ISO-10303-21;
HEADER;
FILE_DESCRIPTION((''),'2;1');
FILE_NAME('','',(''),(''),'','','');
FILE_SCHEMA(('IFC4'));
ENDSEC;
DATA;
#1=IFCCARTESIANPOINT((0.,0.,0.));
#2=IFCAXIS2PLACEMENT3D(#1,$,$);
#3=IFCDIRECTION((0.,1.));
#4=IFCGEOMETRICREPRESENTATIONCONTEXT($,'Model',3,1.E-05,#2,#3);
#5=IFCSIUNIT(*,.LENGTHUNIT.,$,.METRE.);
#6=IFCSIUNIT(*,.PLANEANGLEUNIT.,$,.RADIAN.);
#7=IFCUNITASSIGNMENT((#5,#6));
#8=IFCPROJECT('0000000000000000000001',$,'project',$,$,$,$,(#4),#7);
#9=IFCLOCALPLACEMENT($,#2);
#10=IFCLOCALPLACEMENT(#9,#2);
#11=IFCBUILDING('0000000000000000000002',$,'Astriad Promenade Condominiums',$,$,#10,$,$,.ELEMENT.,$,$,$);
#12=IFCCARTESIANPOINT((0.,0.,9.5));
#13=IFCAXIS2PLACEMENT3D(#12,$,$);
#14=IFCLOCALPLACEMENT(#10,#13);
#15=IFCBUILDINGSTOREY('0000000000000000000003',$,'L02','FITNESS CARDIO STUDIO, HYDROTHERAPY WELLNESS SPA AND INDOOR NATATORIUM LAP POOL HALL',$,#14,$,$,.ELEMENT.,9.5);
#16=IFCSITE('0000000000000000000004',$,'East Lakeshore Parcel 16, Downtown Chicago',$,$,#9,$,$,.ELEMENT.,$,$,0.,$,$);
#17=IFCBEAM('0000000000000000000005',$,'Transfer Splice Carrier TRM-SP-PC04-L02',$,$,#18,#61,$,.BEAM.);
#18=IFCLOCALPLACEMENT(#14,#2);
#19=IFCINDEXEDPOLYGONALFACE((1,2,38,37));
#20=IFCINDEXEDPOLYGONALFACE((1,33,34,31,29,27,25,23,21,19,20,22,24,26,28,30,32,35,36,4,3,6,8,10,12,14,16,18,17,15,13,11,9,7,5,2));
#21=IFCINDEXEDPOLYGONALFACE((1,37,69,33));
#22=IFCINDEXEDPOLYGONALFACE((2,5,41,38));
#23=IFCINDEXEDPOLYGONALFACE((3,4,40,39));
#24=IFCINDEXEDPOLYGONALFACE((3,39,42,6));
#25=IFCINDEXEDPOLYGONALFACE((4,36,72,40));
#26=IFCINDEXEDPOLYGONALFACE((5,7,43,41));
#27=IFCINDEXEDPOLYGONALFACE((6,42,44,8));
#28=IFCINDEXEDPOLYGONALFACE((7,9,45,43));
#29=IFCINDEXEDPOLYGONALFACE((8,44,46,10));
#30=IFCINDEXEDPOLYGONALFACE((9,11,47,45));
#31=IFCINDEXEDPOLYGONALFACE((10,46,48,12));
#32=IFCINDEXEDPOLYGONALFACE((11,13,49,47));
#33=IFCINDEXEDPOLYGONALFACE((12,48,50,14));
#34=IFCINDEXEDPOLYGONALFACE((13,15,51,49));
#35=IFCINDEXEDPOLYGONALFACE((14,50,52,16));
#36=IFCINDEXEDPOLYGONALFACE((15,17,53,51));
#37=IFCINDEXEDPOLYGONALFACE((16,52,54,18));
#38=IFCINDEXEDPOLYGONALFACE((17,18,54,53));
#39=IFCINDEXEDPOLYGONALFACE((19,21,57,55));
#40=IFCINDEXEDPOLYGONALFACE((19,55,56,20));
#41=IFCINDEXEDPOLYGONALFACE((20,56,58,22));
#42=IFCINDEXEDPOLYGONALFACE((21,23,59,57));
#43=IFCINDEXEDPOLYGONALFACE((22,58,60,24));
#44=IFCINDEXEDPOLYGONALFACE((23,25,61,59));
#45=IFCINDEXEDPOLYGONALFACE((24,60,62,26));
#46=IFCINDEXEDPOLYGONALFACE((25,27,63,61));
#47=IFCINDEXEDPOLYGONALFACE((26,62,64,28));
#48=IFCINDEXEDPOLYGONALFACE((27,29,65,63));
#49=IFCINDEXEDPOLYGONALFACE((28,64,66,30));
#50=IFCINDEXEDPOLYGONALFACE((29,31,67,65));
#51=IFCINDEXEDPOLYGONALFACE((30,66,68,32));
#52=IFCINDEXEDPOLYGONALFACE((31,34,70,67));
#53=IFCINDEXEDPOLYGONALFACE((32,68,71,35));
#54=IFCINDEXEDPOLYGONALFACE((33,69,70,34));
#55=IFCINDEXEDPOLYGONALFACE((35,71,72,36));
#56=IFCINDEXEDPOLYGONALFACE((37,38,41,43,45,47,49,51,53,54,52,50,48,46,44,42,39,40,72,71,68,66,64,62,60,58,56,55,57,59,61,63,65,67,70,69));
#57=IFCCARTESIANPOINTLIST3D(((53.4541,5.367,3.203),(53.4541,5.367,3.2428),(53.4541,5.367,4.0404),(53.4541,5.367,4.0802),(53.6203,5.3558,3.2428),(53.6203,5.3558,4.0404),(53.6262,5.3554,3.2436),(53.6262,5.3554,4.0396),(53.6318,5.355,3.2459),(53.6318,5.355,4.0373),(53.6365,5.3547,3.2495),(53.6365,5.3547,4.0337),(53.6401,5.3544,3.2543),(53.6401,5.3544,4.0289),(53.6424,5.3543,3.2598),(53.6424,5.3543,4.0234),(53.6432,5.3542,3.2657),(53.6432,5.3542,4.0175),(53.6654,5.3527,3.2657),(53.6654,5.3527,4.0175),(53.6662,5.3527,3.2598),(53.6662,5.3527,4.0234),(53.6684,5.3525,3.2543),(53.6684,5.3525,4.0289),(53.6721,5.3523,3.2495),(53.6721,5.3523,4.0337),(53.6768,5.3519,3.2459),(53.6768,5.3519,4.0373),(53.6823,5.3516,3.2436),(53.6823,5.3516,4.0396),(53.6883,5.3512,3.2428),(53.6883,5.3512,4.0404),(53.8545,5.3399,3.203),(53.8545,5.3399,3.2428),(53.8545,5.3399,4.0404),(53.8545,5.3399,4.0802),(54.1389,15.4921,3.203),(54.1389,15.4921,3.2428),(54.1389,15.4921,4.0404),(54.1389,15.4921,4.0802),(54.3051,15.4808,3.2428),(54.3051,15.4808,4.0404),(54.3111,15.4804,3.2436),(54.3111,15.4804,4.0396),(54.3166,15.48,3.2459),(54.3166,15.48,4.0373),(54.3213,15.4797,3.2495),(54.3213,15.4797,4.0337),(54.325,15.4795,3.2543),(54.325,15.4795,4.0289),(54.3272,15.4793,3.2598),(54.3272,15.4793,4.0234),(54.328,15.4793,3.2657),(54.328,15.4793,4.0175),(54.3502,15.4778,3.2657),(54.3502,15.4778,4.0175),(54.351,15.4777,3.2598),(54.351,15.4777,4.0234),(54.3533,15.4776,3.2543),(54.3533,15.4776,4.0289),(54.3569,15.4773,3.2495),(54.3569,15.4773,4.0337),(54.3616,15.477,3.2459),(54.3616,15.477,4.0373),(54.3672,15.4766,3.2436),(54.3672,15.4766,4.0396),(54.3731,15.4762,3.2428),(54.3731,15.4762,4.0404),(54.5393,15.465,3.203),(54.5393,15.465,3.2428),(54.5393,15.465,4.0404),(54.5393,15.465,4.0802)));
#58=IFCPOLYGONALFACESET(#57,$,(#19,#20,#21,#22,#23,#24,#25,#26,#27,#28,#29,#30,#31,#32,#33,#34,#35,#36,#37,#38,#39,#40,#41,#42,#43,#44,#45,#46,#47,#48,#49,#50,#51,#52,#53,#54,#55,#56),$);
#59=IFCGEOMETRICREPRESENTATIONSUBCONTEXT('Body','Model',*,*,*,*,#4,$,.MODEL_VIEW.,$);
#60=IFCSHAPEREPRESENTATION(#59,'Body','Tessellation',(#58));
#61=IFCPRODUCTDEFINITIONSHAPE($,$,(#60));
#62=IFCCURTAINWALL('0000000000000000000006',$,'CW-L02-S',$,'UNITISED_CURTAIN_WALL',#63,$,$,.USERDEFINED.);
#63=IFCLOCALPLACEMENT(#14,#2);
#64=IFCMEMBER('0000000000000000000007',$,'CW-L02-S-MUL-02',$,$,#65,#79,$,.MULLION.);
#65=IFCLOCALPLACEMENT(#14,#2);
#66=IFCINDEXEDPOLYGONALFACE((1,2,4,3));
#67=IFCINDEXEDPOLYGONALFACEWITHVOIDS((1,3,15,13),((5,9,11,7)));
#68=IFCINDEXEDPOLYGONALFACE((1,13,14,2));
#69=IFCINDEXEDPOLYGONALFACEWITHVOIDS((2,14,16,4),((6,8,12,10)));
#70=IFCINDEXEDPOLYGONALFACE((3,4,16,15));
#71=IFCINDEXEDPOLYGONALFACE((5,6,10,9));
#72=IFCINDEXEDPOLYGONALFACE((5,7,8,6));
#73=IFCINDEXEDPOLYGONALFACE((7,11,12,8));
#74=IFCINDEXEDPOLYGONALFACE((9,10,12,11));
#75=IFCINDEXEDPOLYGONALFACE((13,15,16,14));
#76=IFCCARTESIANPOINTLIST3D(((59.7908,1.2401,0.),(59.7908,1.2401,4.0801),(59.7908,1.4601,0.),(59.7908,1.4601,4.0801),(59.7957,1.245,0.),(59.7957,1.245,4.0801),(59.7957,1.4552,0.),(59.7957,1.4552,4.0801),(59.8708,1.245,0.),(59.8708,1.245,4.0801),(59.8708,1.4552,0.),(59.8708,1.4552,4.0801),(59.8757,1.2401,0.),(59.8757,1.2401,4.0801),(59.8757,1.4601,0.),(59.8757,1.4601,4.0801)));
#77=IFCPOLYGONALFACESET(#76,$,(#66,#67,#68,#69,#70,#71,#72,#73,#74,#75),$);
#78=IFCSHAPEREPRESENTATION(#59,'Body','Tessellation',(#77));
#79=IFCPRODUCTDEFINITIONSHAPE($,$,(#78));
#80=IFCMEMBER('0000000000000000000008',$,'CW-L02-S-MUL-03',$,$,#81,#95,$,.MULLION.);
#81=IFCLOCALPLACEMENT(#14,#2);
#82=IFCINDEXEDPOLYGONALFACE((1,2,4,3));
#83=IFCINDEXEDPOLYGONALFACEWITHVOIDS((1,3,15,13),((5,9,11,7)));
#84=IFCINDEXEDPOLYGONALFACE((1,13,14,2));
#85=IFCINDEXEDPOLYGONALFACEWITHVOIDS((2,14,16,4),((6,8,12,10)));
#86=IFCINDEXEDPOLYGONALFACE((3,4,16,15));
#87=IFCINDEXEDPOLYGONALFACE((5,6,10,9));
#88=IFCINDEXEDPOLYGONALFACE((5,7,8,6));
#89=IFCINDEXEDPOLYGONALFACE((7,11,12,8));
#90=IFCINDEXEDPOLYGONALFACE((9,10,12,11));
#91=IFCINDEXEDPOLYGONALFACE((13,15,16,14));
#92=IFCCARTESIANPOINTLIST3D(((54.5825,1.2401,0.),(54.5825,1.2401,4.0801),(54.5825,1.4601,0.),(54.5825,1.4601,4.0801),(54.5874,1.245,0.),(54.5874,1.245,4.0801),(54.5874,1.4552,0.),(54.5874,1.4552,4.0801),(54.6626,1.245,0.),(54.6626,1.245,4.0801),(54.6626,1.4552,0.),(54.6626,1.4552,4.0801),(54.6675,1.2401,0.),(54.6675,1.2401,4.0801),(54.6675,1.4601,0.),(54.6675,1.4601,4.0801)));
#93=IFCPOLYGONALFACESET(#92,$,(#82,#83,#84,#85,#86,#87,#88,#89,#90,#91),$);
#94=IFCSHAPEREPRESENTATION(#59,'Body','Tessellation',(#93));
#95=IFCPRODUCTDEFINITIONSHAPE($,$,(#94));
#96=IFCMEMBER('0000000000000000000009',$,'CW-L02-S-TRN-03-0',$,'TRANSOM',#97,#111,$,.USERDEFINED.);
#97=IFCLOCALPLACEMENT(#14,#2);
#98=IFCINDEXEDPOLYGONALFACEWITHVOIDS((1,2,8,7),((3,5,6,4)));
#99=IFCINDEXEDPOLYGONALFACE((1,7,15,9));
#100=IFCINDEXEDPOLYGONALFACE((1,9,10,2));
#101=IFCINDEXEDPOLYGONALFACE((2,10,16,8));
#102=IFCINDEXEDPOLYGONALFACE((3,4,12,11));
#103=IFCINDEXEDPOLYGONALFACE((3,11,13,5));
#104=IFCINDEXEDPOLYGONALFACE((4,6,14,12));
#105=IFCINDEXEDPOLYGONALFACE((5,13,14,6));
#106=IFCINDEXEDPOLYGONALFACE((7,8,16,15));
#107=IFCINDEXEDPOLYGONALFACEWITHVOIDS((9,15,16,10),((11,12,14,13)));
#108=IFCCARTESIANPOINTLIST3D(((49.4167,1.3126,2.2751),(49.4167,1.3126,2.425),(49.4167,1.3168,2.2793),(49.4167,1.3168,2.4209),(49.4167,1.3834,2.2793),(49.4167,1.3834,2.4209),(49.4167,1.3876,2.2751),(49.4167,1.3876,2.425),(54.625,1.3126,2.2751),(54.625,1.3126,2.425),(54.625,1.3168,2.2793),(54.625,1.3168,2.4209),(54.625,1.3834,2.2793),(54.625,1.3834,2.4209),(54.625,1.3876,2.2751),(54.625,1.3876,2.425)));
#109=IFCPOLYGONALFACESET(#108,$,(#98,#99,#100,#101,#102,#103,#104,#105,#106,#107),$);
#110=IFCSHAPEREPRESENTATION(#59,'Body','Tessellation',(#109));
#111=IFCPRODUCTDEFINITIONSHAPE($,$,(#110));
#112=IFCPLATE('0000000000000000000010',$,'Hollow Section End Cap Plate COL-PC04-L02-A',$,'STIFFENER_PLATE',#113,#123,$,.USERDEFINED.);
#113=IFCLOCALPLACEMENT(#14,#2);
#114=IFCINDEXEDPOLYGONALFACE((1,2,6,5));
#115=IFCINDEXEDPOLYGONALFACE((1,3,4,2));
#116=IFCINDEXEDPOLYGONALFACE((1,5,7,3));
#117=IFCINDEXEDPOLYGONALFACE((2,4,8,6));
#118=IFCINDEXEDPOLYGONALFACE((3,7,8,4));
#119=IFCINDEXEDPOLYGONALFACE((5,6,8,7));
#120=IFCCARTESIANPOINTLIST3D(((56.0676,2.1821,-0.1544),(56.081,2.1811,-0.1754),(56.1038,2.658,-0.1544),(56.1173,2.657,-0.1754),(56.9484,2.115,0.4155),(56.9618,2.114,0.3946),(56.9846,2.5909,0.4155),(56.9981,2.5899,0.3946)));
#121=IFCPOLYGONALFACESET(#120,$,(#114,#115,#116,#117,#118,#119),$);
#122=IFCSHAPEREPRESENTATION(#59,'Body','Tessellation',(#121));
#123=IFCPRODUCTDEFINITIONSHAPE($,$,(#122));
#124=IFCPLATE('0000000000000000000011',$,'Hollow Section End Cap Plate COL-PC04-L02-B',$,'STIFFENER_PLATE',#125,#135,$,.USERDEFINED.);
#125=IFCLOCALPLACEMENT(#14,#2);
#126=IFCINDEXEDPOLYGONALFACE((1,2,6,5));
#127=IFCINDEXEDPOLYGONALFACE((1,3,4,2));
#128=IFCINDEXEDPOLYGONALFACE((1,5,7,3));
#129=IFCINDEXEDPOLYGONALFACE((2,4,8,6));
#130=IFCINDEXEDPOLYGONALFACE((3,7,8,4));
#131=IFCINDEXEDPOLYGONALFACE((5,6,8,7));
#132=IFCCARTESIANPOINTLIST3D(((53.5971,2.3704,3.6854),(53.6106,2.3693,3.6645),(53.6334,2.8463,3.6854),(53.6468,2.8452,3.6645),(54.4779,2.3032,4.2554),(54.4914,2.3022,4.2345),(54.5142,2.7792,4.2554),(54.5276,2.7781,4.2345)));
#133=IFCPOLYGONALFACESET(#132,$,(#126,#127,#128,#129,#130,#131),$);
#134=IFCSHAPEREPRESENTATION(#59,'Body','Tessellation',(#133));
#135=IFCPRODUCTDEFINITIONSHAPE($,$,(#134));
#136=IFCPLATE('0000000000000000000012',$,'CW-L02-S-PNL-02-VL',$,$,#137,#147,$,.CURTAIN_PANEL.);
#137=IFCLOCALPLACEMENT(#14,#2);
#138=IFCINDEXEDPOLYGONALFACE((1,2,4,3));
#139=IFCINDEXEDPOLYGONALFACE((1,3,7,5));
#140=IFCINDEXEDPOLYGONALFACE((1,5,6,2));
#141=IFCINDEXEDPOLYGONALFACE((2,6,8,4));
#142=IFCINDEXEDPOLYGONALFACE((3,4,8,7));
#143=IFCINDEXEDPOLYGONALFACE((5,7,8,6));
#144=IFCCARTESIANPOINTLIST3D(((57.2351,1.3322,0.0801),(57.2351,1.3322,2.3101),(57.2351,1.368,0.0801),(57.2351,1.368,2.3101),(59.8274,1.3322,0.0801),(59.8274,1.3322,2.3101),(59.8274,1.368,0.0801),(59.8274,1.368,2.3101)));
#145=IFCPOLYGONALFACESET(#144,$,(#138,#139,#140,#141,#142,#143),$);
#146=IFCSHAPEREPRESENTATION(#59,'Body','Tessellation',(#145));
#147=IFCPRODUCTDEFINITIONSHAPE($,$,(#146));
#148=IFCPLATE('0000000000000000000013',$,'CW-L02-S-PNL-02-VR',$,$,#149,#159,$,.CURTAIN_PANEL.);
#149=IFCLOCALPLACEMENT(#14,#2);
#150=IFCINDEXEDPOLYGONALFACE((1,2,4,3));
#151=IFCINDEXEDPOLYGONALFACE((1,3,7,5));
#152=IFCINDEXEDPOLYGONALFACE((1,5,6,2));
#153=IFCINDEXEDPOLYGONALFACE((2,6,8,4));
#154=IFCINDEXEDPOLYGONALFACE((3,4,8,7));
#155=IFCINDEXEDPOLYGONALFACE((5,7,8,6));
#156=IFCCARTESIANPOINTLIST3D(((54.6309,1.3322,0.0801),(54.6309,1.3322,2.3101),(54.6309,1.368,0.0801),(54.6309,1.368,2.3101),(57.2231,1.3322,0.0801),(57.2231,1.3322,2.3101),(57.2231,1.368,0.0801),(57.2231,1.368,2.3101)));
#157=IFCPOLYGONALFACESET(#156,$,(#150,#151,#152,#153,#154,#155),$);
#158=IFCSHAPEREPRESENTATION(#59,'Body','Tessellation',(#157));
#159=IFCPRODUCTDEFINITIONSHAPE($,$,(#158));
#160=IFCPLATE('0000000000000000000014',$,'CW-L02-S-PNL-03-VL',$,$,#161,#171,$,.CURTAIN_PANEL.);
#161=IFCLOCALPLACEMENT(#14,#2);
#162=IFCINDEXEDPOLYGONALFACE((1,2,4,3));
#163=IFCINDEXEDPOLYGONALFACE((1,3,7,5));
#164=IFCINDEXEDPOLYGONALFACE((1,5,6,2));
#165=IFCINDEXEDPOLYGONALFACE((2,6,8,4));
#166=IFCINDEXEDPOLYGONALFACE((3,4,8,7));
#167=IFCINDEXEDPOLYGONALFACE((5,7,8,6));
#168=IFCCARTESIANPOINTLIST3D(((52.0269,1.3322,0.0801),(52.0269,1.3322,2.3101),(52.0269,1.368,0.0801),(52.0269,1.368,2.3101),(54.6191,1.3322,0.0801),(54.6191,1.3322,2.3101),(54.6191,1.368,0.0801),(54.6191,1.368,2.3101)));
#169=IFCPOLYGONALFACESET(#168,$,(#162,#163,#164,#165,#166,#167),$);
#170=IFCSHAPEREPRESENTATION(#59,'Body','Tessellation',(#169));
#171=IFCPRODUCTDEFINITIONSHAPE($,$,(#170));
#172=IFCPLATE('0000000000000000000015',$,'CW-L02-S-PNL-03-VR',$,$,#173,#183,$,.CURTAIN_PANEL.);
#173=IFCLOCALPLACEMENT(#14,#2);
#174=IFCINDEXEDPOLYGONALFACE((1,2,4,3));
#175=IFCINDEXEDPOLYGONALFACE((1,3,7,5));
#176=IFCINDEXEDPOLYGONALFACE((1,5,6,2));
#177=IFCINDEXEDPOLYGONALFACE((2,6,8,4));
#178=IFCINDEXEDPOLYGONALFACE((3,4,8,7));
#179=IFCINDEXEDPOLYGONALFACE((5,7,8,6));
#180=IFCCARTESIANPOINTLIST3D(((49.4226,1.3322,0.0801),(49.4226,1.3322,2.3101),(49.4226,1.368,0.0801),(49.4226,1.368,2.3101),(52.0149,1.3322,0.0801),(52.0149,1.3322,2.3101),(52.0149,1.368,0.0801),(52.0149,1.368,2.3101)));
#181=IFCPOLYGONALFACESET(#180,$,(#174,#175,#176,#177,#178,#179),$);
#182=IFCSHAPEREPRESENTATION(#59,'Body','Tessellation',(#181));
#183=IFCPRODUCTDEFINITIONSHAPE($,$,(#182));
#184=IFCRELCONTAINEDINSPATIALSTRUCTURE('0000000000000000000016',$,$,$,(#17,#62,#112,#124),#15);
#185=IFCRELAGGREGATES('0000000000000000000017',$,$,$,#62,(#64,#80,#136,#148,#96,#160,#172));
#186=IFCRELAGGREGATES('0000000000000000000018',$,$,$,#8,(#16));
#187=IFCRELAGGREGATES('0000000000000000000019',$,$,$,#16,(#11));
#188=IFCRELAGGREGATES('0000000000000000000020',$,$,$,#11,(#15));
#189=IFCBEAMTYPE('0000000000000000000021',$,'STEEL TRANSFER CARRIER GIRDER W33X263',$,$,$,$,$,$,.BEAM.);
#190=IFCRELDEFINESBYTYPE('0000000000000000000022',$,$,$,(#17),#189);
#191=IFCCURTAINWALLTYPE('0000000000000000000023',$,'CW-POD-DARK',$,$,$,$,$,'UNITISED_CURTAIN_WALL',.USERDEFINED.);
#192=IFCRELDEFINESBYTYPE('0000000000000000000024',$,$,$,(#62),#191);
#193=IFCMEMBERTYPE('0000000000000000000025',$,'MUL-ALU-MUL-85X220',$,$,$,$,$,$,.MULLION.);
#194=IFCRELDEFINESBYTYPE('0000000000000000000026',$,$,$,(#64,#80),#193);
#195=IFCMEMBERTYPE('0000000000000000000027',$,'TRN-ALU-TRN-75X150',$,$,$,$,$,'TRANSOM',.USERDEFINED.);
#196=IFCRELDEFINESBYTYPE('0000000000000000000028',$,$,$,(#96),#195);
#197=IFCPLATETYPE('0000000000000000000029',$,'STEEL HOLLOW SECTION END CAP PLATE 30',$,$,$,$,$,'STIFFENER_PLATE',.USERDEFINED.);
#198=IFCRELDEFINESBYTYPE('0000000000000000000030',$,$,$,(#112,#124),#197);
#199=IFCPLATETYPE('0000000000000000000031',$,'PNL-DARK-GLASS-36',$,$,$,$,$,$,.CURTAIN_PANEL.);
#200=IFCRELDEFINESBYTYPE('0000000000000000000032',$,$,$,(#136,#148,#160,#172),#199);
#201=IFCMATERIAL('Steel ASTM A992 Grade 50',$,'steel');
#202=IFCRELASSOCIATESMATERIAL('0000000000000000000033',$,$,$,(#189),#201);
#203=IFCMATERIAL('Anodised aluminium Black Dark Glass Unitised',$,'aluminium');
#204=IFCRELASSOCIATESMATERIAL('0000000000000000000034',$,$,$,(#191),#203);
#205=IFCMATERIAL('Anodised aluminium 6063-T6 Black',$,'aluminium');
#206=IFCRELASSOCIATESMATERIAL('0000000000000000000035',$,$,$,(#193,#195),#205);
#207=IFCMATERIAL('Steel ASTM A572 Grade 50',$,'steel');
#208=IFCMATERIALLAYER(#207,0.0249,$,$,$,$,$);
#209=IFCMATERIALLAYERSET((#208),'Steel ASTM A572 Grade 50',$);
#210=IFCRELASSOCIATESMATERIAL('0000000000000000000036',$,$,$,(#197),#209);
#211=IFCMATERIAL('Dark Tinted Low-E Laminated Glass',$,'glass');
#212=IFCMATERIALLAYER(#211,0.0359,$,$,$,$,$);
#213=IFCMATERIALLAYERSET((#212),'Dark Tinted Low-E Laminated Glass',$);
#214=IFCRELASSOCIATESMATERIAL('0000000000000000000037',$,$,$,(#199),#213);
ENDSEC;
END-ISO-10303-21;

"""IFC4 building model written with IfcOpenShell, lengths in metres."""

from ifc_helpers import new_model, si_unit, direction, frame, origin, origin_2d, place, context, subcontext, project, spatial, rectangle, hollow_rectangle, i_section, extrude, source, transform, mapped, material, layer, layer_set, material_profile, profile_set, type_object, type_shapes, element, aggregate, save


model = new_model("IFC4")

# Units and contexts
model_context = context("Model", 3, precision=1e-05, world=origin(), true_north=direction((0.0, 1.0)))
body_context = subcontext(model_context, "Body", "Model", "MODEL_VIEW")
ifc_project = project(units=[si_unit("LENGTHUNIT", "METRE"), si_unit("PLANEANGLEUNIT", "RADIAN")], contexts=[model_context])

# Site, building, storey
site_placement = place(None, origin())
site = spatial("IfcSite", under=ifc_project, at=site_placement, Name="East Lakeshore Parcel 16, Downtown Chicago", CompositionType="ELEMENT", RefElevation=0.0)
building_placement = place(site_placement, origin())
building = spatial("IfcBuilding", under=site, at=building_placement, Name="Astriad Promenade Condominiums", CompositionType="ELEMENT")
storey_placement = place(building_placement, frame((0.0, 0.0, 9.5)))
storey = spatial("IfcBuildingStorey", under=building, at=storey_placement, Name="L02", Description="FITNESS CARDIO STUDIO, HYDROTHERAPY WELLNESS SPA AND INDOOR NATATORIUM LAP POOL HALL", CompositionType="ELEMENT", Elevation=9.5)

# Shared definitions
ifc_material_1 = material(Name="Steel ASTM A992 Grade 50", Category="steel")

# Beam
ifc_material_profile_1 = material_profile(ifc_material_1, i_section(OverallWidth=0.4014, OverallDepth=0.8772, WebThickness=0.0222, FlangeThickness=0.0398, FilletRadius=0.0229, at=origin_2d()), Name="W33X263")
ifc_profile_set_1 = profile_set([ifc_material_profile_1], Name="Steel ASTM A992 Grade 50")
beam_type_1 = type_object("IfcBeamType", Name="STEEL TRANSFER CARRIER GIRDER W33X263", PredefinedType="BEAM", material=ifc_profile_set_1)
shared_shape_1 = source(origin(), body_context, "Body", "SweptSolid", [
    extrude(i_section(OverallWidth=0.4014, OverallDepth=0.8772, WebThickness=0.0222, FlangeThickness=0.0398, FilletRadius=0.0229, at=origin_2d()), origin(), (0.0, 0.0, 1.0), 10.1482),
])
type_shapes(beam_type_1, [shared_shape_1])
beam_1_placement = place(storey_placement, frame((54.3391, 15.4785, 3.6416), z_axis=(-0.067482, -0.997721, 0.0), x_axis=(0.997721, -0.067482, 0.0)))
element("IfcBeam", 1, at=beam_1_placement, inside=storey, type_object=beam_type_1, Name="Transfer Splice Carrier TRM-SP-PC04-L02", PredefinedType="BEAM", context=body_context, shape_type="MappedRepresentation", body=[
    mapped(shared_shape_1, transform((0.0, 0.0, 0.0), scale=1.0)),
])

# Curtain wall, members
ifc_material_2 = material(Name="Anodised aluminium Black Dark Glass Unitised", Category="aluminium")
curtain_wall_type = type_object("IfcCurtainWallType", Name="CW-POD-DARK", ElementType="UNITISED_CURTAIN_WALL", PredefinedType="USERDEFINED", material=ifc_material_2)
curtain_wall_placement = place(storey_placement, origin())
curtain_wall = element("IfcCurtainWall", 2, at=curtain_wall_placement, inside=storey, type_object=curtain_wall_type, Name="CW-L02-S", ObjectType="UNITISED_CURTAIN_WALL", PredefinedType="USERDEFINED")
ifc_material_3 = material(Name="Anodised aluminium 6063-T6 Black", Category="aluminium")
ifc_material_profile_2 = material_profile(ifc_material_3, hollow_rectangle(XDim=0.085, YDim=0.22, WallThickness=0.0049, at=origin_2d()), Name="ALU-MUL-85X220")
ifc_profile_set_2 = profile_set([ifc_material_profile_2], Name="Anodised aluminium 6063-T6 Black")
member_type_1 = type_object("IfcMemberType", Name="MUL-ALU-MUL-85X220", PredefinedType="MULLION", material=ifc_profile_set_2)
shared_shape_2 = source(origin(), body_context, "Body", "SweptSolid", [
    extrude(hollow_rectangle(XDim=0.085, YDim=0.22, WallThickness=0.0049, at=origin_2d()), origin(), (0.0, 0.0, 1.0), 4.0801),
])
type_shapes(member_type_1, [shared_shape_2])
member_1_placement = place(storey_placement, frame((59.8333, 1.3501, 0.0), z_axis=(0.0, 0.0, 1.0), x_axis=(1.0, 0.0, 0.0)))
member_1 = element("IfcMember", 3, at=member_1_placement, type_object=member_type_1, Name="CW-L02-S-MUL-02", PredefinedType="MULLION", context=body_context, shape_type="MappedRepresentation", body=[
    mapped(shared_shape_2, transform((0.0, 0.0, 0.0), scale=1.0)),
])
member_2_placement = place(storey_placement, frame((54.625, 1.3501, 0.0), z_axis=(0.0, 0.0, 1.0), x_axis=(1.0, 0.0, 0.0)))
member_2 = element("IfcMember", 4, at=member_2_placement, type_object=member_type_1, Name="CW-L02-S-MUL-03", PredefinedType="MULLION", context=body_context, shape_type="MappedRepresentation", body=[
    mapped(shared_shape_2, transform((0.0, 0.0, 0.0), scale=1.0)),
])
ifc_material_profile_3 = material_profile(ifc_material_3, hollow_rectangle(XDim=0.075, YDim=0.1499, WallThickness=0.0042, at=origin_2d()), Name="ALU-TRN-75X150")
ifc_profile_set_3 = profile_set([ifc_material_profile_3], Name="Anodised aluminium 6063-T6 Black")
member_type_2 = type_object("IfcMemberType", Name="TRN-ALU-TRN-75X150", ElementType="TRANSOM", PredefinedType="USERDEFINED", material=ifc_profile_set_3)
shared_shape_3 = source(origin(), body_context, "Body", "SweptSolid", [
    extrude(hollow_rectangle(XDim=0.075, YDim=0.1499, WallThickness=0.0042, at=origin_2d()), origin(), (0.0, 0.0, 1.0), 5.2083),
])
type_shapes(member_type_2, [shared_shape_3])
member_3_placement = place(storey_placement, frame((54.625, 1.3501, 2.3501), z_axis=(-1.0, 0.0, 0.0), x_axis=(0.0, -1.0, 0.0)))
member_3 = element("IfcMember", 5, at=member_3_placement, type_object=member_type_2, Name="CW-L02-S-TRN-03-0", ObjectType="TRANSOM", PredefinedType="USERDEFINED", context=body_context, shape_type="MappedRepresentation", body=[
    mapped(shared_shape_3, transform((0.0, 0.0, 0.0), scale=1.0)),
])

# Plates
ifc_material_4 = material(Name="Steel ASTM A572 Grade 50", Category="steel")
ifc_layer_1 = layer(ifc_material_4, 0.0249)
ifc_layer_set_1 = layer_set([ifc_layer_1], Name="Steel ASTM A572 Grade 50")
plate_type_1 = type_object("IfcPlateType", Name="STEEL HOLLOW SECTION END CAP PLATE 30", ElementType="STIFFENER_PLATE", PredefinedType="USERDEFINED", material=ifc_layer_set_1)
shared_shape_4 = source(origin(), body_context, "Body", "SweptSolid", [
    extrude(rectangle(XDim=0.4773, YDim=1.0513, at=origin_2d()), origin(), (0.0, 0.0, 1.0), 0.0249),
])
type_shapes(plate_type_1, [shared_shape_4])
for number, where, z_axis, x_axis, name in (
    (6, (56.5396, 2.3855, 0.1096), (-0.540619, 0.04119, 0.840259), (-0.07597, -0.99711, 0.0), "Hollow Section End Cap Plate COL-PC04-L02-A"),
    (7, (54.0691, 2.5737, 3.9495), (-0.540619, 0.04119, 0.840259), (-0.07597, -0.99711, 0.0), "Hollow Section End Cap Plate COL-PC04-L02-B"),
):
    element("IfcPlate", number, at=place(storey_placement, frame(where, z_axis=z_axis, x_axis=x_axis)), inside=storey, type_object=plate_type_1, Name=name, ObjectType="STIFFENER_PLATE", PredefinedType="USERDEFINED", context=body_context, shape_type="MappedRepresentation", body=[
        mapped(shared_shape_4, transform((0.0, 0.0, 0.0), scale=1.0)),
    ])

# Plates
ifc_material_5 = material(Name="Dark Tinted Low-E Laminated Glass", Category="glass")
ifc_layer_2 = layer(ifc_material_5, 0.0359)
ifc_layer_set_2 = layer_set([ifc_layer_2], Name="Dark Tinted Low-E Laminated Glass")
plate_type_2 = type_object("IfcPlateType", Name="PNL-DARK-GLASS-36", PredefinedType="CURTAIN_PANEL", material=ifc_layer_set_2)
shared_shape_5 = source(origin(), body_context, "Body", "SweptSolid", [
    extrude(rectangle(XDim=2.5923, YDim=0.0359, at=origin_2d()), origin(), (0.0, 0.0, 1.0), 2.23),
])
plate_1_placement = place(storey_placement, frame((58.5312, 1.3501, 0.0801), z_axis=(0.0, 0.0, 1.0), x_axis=(-1.0, 0.0, 0.0)))
plate_1 = element("IfcPlate", 8, at=plate_1_placement, type_object=plate_type_2, Name="CW-L02-S-PNL-02-VL", PredefinedType="CURTAIN_PANEL", context=body_context, shape_type="MappedRepresentation", body=[
    mapped(shared_shape_5, transform((0.0, 0.0, 0.0), scale=1.0)),
])
plate_2_placement = place(storey_placement, frame((55.927, 1.3501, 0.0801), z_axis=(0.0, 0.0, 1.0), x_axis=(-1.0, 0.0, 0.0)))
plate_2 = element("IfcPlate", 9, at=plate_2_placement, type_object=plate_type_2, Name="CW-L02-S-PNL-02-VR", PredefinedType="CURTAIN_PANEL", context=body_context, shape_type="MappedRepresentation", body=[
    mapped(shared_shape_5, transform((0.0, 0.0, 0.0), scale=1.0)),
])
plate_3_placement = place(storey_placement, frame((53.323, 1.3501, 0.0801), z_axis=(0.0, 0.0, 1.0), x_axis=(-1.0, 0.0, 0.0)))
plate_3 = element("IfcPlate", 10, at=plate_3_placement, type_object=plate_type_2, Name="CW-L02-S-PNL-03-VL", PredefinedType="CURTAIN_PANEL", context=body_context, shape_type="MappedRepresentation", body=[
    mapped(shared_shape_5, transform((0.0, 0.0, 0.0), scale=1.0)),
])
plate_4_placement = place(storey_placement, frame((50.7188, 1.3501, 0.0801), z_axis=(0.0, 0.0, 1.0), x_axis=(-1.0, 0.0, 0.0)))
plate_4 = element("IfcPlate", 11, at=plate_4_placement, type_object=plate_type_2, Name="CW-L02-S-PNL-03-VR", PredefinedType="CURTAIN_PANEL", context=body_context, shape_type="MappedRepresentation", body=[
    mapped(shared_shape_5, transform((0.0, 0.0, 0.0), scale=1.0)),
])
aggregate(curtain_wall, [member_1, member_2, plate_1, plate_2, member_3, plate_3, plate_4])

save(model, "model.ifc")
